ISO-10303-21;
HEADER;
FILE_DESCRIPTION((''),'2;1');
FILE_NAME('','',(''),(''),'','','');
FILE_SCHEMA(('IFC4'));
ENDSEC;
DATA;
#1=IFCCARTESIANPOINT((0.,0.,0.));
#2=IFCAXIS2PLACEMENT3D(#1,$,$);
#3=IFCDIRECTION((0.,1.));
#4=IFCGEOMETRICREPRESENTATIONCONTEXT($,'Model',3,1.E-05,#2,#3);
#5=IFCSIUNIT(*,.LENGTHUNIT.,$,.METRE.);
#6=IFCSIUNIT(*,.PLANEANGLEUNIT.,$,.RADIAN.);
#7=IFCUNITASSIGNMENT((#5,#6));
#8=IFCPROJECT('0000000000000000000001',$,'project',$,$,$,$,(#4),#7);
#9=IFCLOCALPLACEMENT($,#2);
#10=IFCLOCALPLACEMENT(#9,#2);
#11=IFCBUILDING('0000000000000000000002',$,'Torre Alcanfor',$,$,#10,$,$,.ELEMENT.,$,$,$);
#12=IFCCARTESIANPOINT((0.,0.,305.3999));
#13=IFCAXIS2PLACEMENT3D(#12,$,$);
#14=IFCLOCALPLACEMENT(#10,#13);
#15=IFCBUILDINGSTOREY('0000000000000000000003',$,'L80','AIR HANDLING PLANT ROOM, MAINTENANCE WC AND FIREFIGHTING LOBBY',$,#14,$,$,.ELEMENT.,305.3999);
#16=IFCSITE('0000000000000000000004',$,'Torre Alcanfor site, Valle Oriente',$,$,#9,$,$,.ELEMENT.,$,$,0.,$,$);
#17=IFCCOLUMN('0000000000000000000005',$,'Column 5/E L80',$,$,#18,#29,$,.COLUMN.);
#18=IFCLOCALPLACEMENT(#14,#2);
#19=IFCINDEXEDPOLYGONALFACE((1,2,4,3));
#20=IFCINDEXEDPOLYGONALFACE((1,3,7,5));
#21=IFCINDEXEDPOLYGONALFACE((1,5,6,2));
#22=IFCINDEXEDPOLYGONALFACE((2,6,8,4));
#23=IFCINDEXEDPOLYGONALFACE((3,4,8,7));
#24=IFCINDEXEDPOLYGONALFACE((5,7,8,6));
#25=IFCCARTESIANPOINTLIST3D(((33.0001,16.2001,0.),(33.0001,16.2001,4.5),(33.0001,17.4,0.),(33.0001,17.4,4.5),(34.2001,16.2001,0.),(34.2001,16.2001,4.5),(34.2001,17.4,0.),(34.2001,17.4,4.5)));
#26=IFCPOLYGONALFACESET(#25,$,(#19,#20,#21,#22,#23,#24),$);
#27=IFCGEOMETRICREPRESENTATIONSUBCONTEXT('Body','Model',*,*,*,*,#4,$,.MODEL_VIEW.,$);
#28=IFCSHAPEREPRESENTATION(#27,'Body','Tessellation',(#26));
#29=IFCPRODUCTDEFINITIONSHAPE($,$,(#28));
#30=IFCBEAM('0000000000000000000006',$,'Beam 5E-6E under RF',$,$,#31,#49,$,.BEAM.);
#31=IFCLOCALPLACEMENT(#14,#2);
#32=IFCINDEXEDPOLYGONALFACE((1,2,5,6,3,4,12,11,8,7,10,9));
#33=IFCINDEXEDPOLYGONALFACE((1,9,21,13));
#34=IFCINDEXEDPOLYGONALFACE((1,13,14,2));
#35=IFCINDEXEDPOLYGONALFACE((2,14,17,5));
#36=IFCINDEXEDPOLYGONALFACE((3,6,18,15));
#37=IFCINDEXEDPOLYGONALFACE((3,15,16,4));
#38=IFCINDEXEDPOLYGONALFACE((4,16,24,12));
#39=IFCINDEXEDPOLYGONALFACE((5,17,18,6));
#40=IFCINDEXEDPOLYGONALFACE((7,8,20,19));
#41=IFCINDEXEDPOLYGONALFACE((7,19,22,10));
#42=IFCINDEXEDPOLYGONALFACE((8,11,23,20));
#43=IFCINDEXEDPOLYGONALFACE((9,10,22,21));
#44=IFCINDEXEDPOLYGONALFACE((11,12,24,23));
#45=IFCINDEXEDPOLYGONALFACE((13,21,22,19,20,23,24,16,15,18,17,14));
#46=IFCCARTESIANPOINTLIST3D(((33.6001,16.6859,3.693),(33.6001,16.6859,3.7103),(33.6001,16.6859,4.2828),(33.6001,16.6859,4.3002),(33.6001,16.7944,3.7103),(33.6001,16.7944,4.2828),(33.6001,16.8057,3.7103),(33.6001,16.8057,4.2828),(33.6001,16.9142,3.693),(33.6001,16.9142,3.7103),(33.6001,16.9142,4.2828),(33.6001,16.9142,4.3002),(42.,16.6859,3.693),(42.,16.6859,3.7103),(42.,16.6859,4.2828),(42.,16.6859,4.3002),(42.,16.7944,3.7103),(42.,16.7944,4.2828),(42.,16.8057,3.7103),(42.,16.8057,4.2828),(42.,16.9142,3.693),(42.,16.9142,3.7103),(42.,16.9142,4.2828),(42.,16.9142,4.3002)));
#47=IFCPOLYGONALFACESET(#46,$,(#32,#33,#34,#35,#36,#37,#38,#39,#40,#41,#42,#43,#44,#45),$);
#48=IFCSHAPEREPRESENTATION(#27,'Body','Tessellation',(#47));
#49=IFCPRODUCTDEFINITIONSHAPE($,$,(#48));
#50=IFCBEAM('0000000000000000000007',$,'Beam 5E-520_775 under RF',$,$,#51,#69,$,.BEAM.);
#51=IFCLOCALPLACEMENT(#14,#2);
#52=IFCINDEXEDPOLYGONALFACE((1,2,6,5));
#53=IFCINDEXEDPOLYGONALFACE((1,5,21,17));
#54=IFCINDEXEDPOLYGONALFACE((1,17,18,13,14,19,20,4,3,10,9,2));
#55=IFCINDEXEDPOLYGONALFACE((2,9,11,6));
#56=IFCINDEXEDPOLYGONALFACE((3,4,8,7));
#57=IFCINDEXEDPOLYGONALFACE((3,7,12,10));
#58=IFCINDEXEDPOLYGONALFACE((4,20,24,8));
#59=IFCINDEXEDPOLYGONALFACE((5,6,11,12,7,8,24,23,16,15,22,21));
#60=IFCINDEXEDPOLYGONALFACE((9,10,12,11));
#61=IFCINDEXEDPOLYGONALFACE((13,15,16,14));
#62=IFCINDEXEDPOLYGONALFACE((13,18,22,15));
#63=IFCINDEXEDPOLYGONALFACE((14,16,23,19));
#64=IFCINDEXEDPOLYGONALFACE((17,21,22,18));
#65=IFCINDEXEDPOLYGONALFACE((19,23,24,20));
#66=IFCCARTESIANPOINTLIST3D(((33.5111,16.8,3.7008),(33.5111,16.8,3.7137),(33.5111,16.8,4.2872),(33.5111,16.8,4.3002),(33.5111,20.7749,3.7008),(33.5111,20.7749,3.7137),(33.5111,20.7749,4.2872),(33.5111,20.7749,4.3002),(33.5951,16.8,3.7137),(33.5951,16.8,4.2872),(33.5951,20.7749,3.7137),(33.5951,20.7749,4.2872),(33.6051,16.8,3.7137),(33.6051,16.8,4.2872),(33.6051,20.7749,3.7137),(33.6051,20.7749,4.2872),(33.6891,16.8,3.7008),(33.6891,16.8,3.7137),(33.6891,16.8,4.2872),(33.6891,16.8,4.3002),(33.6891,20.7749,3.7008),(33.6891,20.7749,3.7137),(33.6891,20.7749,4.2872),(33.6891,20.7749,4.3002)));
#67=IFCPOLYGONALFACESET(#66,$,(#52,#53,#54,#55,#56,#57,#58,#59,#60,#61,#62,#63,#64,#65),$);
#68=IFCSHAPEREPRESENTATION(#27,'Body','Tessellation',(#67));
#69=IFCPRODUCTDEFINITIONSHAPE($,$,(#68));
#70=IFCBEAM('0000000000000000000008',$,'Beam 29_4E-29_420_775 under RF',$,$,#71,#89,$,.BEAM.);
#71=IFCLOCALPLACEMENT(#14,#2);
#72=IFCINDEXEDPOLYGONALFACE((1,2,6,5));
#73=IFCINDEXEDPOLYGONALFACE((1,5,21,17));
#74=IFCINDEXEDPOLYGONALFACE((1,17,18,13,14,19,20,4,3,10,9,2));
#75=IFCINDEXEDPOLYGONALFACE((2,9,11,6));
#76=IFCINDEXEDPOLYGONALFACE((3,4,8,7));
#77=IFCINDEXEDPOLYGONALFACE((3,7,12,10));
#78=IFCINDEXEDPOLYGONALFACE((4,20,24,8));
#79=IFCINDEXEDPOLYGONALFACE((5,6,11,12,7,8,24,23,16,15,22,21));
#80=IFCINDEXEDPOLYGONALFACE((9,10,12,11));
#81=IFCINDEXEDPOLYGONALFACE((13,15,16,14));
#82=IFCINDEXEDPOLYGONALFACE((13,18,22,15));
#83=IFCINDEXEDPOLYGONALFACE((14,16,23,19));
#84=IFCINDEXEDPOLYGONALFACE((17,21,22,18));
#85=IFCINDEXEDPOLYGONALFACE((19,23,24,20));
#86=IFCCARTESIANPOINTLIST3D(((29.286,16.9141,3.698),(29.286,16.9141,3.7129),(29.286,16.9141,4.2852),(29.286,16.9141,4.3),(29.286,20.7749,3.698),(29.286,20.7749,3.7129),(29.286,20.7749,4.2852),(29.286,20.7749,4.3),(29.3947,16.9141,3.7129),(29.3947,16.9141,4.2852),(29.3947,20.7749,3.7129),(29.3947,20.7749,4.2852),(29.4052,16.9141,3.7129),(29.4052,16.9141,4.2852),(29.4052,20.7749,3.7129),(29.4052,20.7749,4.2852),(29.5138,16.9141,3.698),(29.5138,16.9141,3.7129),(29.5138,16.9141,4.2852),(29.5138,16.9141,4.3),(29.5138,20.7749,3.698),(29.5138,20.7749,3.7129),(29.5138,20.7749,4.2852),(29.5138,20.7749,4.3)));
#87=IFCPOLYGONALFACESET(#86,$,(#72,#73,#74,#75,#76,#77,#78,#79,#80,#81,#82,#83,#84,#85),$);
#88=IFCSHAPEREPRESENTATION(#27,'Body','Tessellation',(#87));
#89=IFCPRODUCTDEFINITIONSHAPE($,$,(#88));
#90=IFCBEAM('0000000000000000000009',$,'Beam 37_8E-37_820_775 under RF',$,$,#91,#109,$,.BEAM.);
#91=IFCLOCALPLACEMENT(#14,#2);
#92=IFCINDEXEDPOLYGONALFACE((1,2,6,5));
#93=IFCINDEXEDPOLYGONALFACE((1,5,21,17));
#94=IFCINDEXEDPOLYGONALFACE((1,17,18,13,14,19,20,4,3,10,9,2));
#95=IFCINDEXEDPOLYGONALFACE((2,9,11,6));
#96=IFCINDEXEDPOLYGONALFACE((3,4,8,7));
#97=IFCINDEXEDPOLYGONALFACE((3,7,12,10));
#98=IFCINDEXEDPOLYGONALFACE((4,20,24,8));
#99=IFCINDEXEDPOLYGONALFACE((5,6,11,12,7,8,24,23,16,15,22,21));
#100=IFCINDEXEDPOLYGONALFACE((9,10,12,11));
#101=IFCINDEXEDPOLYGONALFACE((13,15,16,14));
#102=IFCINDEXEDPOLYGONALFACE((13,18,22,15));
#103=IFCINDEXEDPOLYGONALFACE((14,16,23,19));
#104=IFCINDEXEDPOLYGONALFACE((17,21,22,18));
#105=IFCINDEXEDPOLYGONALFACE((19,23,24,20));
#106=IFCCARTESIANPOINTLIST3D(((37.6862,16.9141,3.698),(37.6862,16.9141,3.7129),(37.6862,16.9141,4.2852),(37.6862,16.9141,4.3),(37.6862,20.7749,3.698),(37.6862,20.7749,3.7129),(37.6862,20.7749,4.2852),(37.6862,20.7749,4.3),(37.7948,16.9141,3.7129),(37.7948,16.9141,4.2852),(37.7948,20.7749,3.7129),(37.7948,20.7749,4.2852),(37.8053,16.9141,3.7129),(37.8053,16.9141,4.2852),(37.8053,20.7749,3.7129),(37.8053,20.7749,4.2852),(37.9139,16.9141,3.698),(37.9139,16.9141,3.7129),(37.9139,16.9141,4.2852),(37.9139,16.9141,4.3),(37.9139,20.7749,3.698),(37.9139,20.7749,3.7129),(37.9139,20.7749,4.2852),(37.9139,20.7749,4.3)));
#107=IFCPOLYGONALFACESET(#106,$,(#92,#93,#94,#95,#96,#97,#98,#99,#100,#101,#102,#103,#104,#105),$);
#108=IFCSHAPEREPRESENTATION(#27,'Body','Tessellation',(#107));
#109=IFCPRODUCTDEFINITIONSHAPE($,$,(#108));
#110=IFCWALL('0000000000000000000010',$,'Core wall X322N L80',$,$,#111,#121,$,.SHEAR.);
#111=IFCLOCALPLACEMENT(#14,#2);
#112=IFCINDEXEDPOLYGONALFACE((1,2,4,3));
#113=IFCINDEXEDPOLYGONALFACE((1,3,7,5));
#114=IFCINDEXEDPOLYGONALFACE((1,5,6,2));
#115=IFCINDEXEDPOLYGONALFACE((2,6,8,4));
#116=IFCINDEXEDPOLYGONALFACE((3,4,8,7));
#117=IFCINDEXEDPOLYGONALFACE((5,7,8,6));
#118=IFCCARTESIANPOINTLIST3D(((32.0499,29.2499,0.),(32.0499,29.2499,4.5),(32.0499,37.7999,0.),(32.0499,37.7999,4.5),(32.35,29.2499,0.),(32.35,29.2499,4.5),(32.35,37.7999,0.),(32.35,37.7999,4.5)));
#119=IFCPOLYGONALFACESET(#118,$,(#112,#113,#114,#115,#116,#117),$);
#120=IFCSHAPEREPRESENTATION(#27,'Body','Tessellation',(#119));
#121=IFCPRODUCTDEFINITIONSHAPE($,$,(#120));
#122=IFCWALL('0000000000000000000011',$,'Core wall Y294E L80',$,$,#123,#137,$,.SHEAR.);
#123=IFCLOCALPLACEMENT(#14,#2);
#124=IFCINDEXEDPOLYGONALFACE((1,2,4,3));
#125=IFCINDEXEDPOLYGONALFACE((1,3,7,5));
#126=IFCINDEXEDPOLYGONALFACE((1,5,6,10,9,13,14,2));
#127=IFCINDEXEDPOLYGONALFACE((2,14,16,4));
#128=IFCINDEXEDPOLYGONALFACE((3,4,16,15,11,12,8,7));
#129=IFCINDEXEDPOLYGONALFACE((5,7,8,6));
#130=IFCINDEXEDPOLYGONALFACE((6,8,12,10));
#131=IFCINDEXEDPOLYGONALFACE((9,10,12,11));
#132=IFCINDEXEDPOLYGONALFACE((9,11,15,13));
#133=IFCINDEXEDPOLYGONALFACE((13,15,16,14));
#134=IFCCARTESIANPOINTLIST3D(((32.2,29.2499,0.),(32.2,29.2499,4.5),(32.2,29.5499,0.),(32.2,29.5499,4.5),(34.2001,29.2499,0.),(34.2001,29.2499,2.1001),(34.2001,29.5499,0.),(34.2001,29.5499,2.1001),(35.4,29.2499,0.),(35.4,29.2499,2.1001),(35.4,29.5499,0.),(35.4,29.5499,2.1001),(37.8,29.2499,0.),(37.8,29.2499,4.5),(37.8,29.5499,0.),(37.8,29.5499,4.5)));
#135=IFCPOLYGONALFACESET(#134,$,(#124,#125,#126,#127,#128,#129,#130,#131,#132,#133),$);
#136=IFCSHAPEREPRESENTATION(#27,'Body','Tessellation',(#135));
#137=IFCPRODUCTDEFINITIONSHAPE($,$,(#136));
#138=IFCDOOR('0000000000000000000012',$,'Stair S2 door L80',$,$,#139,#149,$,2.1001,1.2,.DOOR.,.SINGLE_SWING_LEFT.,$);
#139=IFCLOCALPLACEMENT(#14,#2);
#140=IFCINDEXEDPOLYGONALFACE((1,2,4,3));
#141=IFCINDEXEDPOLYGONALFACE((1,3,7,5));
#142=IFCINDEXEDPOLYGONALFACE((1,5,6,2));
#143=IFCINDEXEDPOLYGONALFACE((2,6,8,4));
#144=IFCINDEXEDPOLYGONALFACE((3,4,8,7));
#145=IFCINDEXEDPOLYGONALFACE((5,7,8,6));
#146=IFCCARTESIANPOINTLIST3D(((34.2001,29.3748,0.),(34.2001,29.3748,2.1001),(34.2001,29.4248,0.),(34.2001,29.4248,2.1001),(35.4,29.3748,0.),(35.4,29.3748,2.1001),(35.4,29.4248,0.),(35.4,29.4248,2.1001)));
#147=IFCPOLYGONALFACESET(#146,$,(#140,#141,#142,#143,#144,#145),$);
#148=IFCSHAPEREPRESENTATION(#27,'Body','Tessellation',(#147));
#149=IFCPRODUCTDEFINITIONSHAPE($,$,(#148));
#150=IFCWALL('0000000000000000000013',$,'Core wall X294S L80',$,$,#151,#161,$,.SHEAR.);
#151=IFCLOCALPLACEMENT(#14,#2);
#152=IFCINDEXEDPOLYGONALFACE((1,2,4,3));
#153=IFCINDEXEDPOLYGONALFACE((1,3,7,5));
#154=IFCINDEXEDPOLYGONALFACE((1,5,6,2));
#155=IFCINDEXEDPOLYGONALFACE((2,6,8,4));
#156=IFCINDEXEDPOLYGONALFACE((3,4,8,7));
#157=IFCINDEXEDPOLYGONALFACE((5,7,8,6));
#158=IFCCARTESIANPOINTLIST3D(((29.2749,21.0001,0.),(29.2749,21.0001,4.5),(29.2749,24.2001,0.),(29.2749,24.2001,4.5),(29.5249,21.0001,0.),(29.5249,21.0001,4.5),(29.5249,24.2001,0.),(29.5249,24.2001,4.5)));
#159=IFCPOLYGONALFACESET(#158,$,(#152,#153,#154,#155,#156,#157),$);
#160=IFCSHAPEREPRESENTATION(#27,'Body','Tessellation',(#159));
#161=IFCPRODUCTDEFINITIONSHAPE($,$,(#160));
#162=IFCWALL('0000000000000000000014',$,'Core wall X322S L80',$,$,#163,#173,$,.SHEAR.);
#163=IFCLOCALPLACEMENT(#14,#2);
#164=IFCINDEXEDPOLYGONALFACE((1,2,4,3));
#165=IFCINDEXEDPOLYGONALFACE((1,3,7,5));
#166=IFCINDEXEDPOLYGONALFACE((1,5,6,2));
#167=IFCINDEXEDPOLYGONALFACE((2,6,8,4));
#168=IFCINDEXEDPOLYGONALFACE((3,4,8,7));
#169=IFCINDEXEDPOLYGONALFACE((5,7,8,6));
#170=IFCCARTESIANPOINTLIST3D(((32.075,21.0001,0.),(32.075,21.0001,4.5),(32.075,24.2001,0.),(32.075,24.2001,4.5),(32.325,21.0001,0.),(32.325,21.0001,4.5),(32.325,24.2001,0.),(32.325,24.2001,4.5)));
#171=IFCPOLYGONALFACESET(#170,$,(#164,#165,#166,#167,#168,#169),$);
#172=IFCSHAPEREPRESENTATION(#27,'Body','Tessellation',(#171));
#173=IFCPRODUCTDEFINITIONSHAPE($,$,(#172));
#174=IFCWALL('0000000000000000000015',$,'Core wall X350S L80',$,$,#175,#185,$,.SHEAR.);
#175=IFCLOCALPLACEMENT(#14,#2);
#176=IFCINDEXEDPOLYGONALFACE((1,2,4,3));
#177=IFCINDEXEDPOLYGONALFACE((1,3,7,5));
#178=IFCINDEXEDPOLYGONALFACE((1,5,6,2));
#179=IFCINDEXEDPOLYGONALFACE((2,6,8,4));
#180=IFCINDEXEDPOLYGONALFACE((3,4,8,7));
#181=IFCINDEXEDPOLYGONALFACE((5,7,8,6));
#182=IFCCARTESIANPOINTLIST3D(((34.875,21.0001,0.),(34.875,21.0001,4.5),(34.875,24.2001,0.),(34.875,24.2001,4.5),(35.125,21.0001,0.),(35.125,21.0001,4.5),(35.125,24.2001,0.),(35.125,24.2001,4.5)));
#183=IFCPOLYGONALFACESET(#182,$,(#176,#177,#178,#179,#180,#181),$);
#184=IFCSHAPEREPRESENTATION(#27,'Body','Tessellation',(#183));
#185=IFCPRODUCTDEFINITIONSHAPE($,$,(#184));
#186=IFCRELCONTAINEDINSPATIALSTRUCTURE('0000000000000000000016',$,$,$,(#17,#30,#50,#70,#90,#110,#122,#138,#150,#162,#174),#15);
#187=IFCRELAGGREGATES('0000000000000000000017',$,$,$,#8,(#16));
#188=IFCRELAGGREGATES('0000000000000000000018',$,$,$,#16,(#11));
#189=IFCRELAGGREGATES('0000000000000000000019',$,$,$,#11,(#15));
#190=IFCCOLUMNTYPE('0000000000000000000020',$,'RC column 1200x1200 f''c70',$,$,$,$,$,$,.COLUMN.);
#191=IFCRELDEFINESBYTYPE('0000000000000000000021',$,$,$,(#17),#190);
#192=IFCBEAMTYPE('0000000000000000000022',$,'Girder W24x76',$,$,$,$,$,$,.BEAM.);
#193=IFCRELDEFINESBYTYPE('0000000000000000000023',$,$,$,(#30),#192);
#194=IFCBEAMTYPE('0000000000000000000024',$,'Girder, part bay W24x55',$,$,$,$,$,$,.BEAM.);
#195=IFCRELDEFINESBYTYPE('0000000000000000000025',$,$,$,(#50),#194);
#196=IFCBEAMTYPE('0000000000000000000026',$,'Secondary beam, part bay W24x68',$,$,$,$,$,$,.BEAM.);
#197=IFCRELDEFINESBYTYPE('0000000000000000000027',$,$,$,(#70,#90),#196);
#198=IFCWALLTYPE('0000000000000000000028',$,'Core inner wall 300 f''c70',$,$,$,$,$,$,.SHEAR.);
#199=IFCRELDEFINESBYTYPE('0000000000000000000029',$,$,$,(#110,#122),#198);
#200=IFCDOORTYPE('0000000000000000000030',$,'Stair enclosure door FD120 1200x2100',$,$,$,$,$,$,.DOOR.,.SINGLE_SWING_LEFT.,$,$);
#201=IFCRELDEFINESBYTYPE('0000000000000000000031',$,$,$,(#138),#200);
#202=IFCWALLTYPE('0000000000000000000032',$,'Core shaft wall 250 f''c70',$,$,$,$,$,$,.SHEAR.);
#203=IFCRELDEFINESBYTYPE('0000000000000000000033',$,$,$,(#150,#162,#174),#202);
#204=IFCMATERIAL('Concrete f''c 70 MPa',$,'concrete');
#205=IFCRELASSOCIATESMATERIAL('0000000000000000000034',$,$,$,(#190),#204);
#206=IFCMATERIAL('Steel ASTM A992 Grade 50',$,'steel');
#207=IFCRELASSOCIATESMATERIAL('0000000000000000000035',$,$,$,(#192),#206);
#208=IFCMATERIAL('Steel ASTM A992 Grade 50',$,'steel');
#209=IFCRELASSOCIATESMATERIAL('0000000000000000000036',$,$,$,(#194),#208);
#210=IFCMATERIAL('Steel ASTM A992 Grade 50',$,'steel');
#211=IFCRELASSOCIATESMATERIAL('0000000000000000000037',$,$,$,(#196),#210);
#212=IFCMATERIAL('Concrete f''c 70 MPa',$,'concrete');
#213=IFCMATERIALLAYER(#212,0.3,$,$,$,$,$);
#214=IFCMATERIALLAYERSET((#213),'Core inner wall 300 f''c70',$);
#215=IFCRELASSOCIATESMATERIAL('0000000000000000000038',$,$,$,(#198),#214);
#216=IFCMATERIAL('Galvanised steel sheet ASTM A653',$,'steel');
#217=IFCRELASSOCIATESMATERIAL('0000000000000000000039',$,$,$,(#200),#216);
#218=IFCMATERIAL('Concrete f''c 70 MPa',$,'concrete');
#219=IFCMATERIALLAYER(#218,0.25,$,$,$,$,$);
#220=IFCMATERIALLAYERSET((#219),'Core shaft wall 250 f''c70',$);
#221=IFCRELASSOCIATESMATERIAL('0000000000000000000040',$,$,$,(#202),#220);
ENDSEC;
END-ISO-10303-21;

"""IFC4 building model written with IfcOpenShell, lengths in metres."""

from ifc_helpers import new_model, si_unit, direction, frame, frame_2d, origin, origin_2d, place, context, subcontext, project, spatial, rectangle, i_section, extrude, material, layer, layer_set, material_profile, profile_set, type_object, element, fill, save


model = new_model("IFC4")

# Units and contexts
model_context = context("Model", 3, precision=1e-05, world=origin(), true_north=direction((0.0, 1.0)))
body_context = subcontext(model_context, "Body", "Model", "MODEL_VIEW")
ifc_project = project(units=[si_unit("LENGTHUNIT", "METRE"), si_unit("PLANEANGLEUNIT", "RADIAN")], contexts=[model_context])

# Site, building, storey
site_placement = place(None, origin())
site = spatial("IfcSite", under=ifc_project, at=site_placement, Name="Torre Alcanfor site, Valle Oriente", CompositionType="ELEMENT", RefElevation=0.0)
building_placement = place(site_placement, origin())
building = spatial("IfcBuilding", under=site, at=building_placement, Name="Torre Alcanfor", CompositionType="ELEMENT")
storey_placement = place(building_placement, frame((0.0, 0.0, 305.3999)))
storey = spatial("IfcBuildingStorey", under=building, at=storey_placement, Name="L80", Description="AIR HANDLING PLANT ROOM, MAINTENANCE WC AND FIREFIGHTING LOBBY", CompositionType="ELEMENT", Elevation=305.3999)

# Column
ifc_material_1 = material(Name="Concrete f'c 70 MPa", Category="concrete")
ifc_material_profile_1 = material_profile(ifc_material_1, rectangle(XDim=1.2, YDim=1.2, at=origin_2d()), Name="1200x1200")
ifc_profile_set_1 = profile_set([ifc_material_profile_1], Name="Concrete f'c 70 MPa")
column_type = type_object("IfcColumnType", Name="RC column 1200x1200 f'c70", PredefinedType="COLUMN", material=ifc_profile_set_1)
column_placement = place(storey_placement, frame((33.6001, 16.8, 0.0), z_axis=(0.0, 0.0, 1.0), x_axis=(1.0, 0.0, 0.0)))
element("IfcColumn", 1, at=column_placement, inside=storey, type_object=column_type, Name="Column 5/E L80", PredefinedType="COLUMN", context=body_context, shape_type="SweptSolid", body=[
    extrude(rectangle(XDim=1.2, YDim=1.2, at=origin_2d()), origin(), (0.0, 0.0, 1.0), 4.5),
])

# Beams
ifc_material_2 = material(Name="Steel ASTM A992 Grade 50", Category="steel")
ifc_material_profile_2 = material_profile(ifc_material_2, i_section(OverallWidth=0.2283, OverallDepth=0.6072, WebThickness=0.0112, FlangeThickness=0.0173, at=origin_2d()), Name="W24x76")
ifc_profile_set_2 = profile_set([ifc_material_profile_2], Name="Steel ASTM A992 Grade 50")
beam_type_1 = type_object("IfcBeamType", Name="Girder W24x76", PredefinedType="BEAM", material=ifc_profile_set_2)
beam_1_placement = place(storey_placement, frame((33.6001, 16.8, 3.9966), z_axis=(1.0, 0.0, 0.0), x_axis=(0.0, 1.0, 0.0)))
element("IfcBeam", 2, at=beam_1_placement, inside=storey, type_object=beam_type_1, Name="Beam 5E-6E under RF", PredefinedType="BEAM", context=body_context, shape_type="SweptSolid", body=[
    extrude(i_section(OverallWidth=0.2283, OverallDepth=0.6072, WebThickness=0.0112, FlangeThickness=0.0173, at=origin_2d()), origin(), (0.0, 0.0, 1.0), 8.3999),
])
ifc_material_3 = material(Name="Steel ASTM A992 Grade 50", Category="steel")
ifc_material_profile_3 = material_profile(ifc_material_3, i_section(OverallWidth=0.178, OverallDepth=0.5994, WebThickness=0.01, FlangeThickness=0.0129, at=origin_2d()), Name="W24x55")
ifc_profile_set_3 = profile_set([ifc_material_profile_3], Name="Steel ASTM A992 Grade 50")
beam_type_2 = type_object("IfcBeamType", Name="Girder, part bay W24x55", PredefinedType="BEAM", material=ifc_profile_set_3)
beam_2_placement = place(storey_placement, frame((33.6001, 16.8, 4.0005), z_axis=(0.0, 1.0, 0.0), x_axis=(-1.0, 0.0, 0.0)))
element("IfcBeam", 3, at=beam_2_placement, inside=storey, type_object=beam_type_2, Name="Beam 5E-520_775 under RF", PredefinedType="BEAM", context=body_context, shape_type="SweptSolid", body=[
    extrude(i_section(OverallWidth=0.178, OverallDepth=0.5994, WebThickness=0.01, FlangeThickness=0.0129, at=origin_2d()), origin(), (0.0, 0.0, 1.0), 3.9749),
])
ifc_material_4 = material(Name="Steel ASTM A992 Grade 50", Category="steel")
ifc_material_profile_4 = material_profile(ifc_material_4, i_section(OverallWidth=0.2278, OverallDepth=0.6021, WebThickness=0.0105, FlangeThickness=0.0149, at=origin_2d()), Name="W24x68")
ifc_profile_set_4 = profile_set([ifc_material_profile_4], Name="Steel ASTM A992 Grade 50")
beam_type_3 = type_object("IfcBeamType", Name="Secondary beam, part bay W24x68", PredefinedType="BEAM", material=ifc_profile_set_4)
for number, where, z_axis, x_axis, name in (
    (4, (29.3999, 16.9141, 3.999), (0.0, 1.0, 0.0), (-1.0, 0.0, 0.0), "Beam 29_4E-29_420_775 under RF"),
    (5, (37.8, 16.9141, 3.999), (0.0, 1.0, 0.0), (-1.0, 0.0, 0.0), "Beam 37_8E-37_820_775 under RF"),
):
    element("IfcBeam", number, at=place(storey_placement, frame(where, z_axis=z_axis, x_axis=x_axis)), inside=storey, type_object=beam_type_3, Name=name, PredefinedType="BEAM", context=body_context, shape_type="SweptSolid", body=[
        extrude(i_section(OverallWidth=0.2278, OverallDepth=0.6021, WebThickness=0.0105, FlangeThickness=0.0149, at=origin_2d()), origin(), (0.0, 0.0, 1.0), 3.8608),
    ])

# Wall
ifc_material_5 = material(Name="Concrete f'c 70 MPa", Category="concrete")
ifc_layer_1 = layer(ifc_material_5, 0.3)
ifc_layer_set_1 = layer_set([ifc_layer_1], Name="Core inner wall 300 f'c70")
wall_type_1 = type_object("IfcWallType", Name="Core inner wall 300 f'c70", PredefinedType="SHEAR", material=ifc_layer_set_1)
wall_1_placement = place(storey_placement, frame((32.2, 29.25, 0.0), z_axis=(0.0, 0.0, 1.0), x_axis=(0.0, 1.0, 0.0)))
element("IfcWall", 6, at=wall_1_placement, inside=storey, type_object=wall_type_1, Name="Core wall X322N L80", PredefinedType="SHEAR", context=body_context, shape_type="SweptSolid", body=[
    extrude(rectangle(XDim=8.55, YDim=0.3, at=frame_2d((4.2749, 0.0))), origin(), (0.0, 0.0, 1.0), 4.5),
])

# Wall, opening, door
wall_2_placement = place(storey_placement, frame((32.2, 29.3999, 0.0), z_axis=(0.0, 0.0, 1.0), x_axis=(1.0, 0.0, 0.0)))
wall_2 = element("IfcWall", 7, at=wall_2_placement, inside=storey, type_object=wall_type_1, Name="Core wall Y294E L80", PredefinedType="SHEAR", context=body_context, shape_type="SweptSolid", body=[
    extrude(rectangle(XDim=5.6001, YDim=0.3, at=frame_2d((2.8, 0.0))), origin(), (0.0, 0.0, 1.0), 4.5),
])
opening_1_placement = place(wall_2_placement, frame((2.0, 0.0, 0.0)))
opening_1 = element("IfcOpeningElement", 8, at=opening_1_placement, cuts=wall_2, PredefinedType="OPENING", context=body_context, shape_type="SweptSolid", body=[
    extrude(rectangle(XDim=1.2, YDim=2.1001, at=frame_2d((0.6001, 1.05))), frame((0.0, 0.1599, 0.0), z_axis=(0.0, -1.0, 0.0), x_axis=(1.0, 0.0, 0.0)), (0.0, 0.0, 1.0), 0.3201),
])
ifc_material_6 = material(Name="Galvanised steel sheet ASTM A653", Category="steel")
door_type_1 = type_object("IfcDoorType", Name="Stair enclosure door FD120 1200x2100", OperationType="SINGLE_SWING_LEFT", PredefinedType="DOOR", material=ifc_material_6)
door_1_placement = place(opening_1_placement, origin())
door_1 = element("IfcDoor", 9, at=door_1_placement, inside=storey, type_object=door_type_1, Name="Stair S2 door L80", OperationType="SINGLE_SWING_LEFT", OverallHeight=2.1001, OverallWidth=1.2, PredefinedType="DOOR", context=body_context, shape_type="SweptSolid", body=[
    extrude(rectangle(XDim=1.2, YDim=2.1001, at=frame_2d((0.6001, 1.05))), frame((0.0, 0.0249, 0.0), z_axis=(0.0, -1.0, 0.0), x_axis=(1.0, 0.0, 0.0)), (0.0, 0.0, 1.0), 0.05),
])
fill(opening_1, door_1)

# Walls
ifc_material_7 = material(Name="Concrete f'c 70 MPa", Category="concrete")
ifc_layer_2 = layer(ifc_material_7, 0.25)
ifc_layer_set_2 = layer_set([ifc_layer_2], Name="Core shaft wall 250 f'c70")
wall_type_2 = type_object("IfcWallType", Name="Core shaft wall 250 f'c70", PredefinedType="SHEAR", material=ifc_layer_set_2)
for number, where, z_axis, x_axis, name in (
    (10, (29.3999, 21.0, 0.0), (0.0, 0.0, 1.0), (0.0, 1.0, 0.0), "Core wall X294S L80"),
    (11, (32.2, 21.0, 0.0), (0.0, 0.0, 1.0), (0.0, 1.0, 0.0), "Core wall X322S L80"),
    (12, (35.0, 21.0, 0.0), (0.0, 0.0, 1.0), (0.0, 1.0, 0.0), "Core wall X350S L80"),
):
    element("IfcWall", number, at=place(storey_placement, frame(where, z_axis=z_axis, x_axis=x_axis)), inside=storey, type_object=wall_type_2, Name=name, PredefinedType="SHEAR", context=body_context, shape_type="SweptSolid", body=[
        extrude(rectangle(XDim=3.2, YDim=0.25, at=frame_2d((1.6001, 0.0))), origin(), (0.0, 0.0, 1.0), 4.5),
    ])

save(model, "model.ifc")
